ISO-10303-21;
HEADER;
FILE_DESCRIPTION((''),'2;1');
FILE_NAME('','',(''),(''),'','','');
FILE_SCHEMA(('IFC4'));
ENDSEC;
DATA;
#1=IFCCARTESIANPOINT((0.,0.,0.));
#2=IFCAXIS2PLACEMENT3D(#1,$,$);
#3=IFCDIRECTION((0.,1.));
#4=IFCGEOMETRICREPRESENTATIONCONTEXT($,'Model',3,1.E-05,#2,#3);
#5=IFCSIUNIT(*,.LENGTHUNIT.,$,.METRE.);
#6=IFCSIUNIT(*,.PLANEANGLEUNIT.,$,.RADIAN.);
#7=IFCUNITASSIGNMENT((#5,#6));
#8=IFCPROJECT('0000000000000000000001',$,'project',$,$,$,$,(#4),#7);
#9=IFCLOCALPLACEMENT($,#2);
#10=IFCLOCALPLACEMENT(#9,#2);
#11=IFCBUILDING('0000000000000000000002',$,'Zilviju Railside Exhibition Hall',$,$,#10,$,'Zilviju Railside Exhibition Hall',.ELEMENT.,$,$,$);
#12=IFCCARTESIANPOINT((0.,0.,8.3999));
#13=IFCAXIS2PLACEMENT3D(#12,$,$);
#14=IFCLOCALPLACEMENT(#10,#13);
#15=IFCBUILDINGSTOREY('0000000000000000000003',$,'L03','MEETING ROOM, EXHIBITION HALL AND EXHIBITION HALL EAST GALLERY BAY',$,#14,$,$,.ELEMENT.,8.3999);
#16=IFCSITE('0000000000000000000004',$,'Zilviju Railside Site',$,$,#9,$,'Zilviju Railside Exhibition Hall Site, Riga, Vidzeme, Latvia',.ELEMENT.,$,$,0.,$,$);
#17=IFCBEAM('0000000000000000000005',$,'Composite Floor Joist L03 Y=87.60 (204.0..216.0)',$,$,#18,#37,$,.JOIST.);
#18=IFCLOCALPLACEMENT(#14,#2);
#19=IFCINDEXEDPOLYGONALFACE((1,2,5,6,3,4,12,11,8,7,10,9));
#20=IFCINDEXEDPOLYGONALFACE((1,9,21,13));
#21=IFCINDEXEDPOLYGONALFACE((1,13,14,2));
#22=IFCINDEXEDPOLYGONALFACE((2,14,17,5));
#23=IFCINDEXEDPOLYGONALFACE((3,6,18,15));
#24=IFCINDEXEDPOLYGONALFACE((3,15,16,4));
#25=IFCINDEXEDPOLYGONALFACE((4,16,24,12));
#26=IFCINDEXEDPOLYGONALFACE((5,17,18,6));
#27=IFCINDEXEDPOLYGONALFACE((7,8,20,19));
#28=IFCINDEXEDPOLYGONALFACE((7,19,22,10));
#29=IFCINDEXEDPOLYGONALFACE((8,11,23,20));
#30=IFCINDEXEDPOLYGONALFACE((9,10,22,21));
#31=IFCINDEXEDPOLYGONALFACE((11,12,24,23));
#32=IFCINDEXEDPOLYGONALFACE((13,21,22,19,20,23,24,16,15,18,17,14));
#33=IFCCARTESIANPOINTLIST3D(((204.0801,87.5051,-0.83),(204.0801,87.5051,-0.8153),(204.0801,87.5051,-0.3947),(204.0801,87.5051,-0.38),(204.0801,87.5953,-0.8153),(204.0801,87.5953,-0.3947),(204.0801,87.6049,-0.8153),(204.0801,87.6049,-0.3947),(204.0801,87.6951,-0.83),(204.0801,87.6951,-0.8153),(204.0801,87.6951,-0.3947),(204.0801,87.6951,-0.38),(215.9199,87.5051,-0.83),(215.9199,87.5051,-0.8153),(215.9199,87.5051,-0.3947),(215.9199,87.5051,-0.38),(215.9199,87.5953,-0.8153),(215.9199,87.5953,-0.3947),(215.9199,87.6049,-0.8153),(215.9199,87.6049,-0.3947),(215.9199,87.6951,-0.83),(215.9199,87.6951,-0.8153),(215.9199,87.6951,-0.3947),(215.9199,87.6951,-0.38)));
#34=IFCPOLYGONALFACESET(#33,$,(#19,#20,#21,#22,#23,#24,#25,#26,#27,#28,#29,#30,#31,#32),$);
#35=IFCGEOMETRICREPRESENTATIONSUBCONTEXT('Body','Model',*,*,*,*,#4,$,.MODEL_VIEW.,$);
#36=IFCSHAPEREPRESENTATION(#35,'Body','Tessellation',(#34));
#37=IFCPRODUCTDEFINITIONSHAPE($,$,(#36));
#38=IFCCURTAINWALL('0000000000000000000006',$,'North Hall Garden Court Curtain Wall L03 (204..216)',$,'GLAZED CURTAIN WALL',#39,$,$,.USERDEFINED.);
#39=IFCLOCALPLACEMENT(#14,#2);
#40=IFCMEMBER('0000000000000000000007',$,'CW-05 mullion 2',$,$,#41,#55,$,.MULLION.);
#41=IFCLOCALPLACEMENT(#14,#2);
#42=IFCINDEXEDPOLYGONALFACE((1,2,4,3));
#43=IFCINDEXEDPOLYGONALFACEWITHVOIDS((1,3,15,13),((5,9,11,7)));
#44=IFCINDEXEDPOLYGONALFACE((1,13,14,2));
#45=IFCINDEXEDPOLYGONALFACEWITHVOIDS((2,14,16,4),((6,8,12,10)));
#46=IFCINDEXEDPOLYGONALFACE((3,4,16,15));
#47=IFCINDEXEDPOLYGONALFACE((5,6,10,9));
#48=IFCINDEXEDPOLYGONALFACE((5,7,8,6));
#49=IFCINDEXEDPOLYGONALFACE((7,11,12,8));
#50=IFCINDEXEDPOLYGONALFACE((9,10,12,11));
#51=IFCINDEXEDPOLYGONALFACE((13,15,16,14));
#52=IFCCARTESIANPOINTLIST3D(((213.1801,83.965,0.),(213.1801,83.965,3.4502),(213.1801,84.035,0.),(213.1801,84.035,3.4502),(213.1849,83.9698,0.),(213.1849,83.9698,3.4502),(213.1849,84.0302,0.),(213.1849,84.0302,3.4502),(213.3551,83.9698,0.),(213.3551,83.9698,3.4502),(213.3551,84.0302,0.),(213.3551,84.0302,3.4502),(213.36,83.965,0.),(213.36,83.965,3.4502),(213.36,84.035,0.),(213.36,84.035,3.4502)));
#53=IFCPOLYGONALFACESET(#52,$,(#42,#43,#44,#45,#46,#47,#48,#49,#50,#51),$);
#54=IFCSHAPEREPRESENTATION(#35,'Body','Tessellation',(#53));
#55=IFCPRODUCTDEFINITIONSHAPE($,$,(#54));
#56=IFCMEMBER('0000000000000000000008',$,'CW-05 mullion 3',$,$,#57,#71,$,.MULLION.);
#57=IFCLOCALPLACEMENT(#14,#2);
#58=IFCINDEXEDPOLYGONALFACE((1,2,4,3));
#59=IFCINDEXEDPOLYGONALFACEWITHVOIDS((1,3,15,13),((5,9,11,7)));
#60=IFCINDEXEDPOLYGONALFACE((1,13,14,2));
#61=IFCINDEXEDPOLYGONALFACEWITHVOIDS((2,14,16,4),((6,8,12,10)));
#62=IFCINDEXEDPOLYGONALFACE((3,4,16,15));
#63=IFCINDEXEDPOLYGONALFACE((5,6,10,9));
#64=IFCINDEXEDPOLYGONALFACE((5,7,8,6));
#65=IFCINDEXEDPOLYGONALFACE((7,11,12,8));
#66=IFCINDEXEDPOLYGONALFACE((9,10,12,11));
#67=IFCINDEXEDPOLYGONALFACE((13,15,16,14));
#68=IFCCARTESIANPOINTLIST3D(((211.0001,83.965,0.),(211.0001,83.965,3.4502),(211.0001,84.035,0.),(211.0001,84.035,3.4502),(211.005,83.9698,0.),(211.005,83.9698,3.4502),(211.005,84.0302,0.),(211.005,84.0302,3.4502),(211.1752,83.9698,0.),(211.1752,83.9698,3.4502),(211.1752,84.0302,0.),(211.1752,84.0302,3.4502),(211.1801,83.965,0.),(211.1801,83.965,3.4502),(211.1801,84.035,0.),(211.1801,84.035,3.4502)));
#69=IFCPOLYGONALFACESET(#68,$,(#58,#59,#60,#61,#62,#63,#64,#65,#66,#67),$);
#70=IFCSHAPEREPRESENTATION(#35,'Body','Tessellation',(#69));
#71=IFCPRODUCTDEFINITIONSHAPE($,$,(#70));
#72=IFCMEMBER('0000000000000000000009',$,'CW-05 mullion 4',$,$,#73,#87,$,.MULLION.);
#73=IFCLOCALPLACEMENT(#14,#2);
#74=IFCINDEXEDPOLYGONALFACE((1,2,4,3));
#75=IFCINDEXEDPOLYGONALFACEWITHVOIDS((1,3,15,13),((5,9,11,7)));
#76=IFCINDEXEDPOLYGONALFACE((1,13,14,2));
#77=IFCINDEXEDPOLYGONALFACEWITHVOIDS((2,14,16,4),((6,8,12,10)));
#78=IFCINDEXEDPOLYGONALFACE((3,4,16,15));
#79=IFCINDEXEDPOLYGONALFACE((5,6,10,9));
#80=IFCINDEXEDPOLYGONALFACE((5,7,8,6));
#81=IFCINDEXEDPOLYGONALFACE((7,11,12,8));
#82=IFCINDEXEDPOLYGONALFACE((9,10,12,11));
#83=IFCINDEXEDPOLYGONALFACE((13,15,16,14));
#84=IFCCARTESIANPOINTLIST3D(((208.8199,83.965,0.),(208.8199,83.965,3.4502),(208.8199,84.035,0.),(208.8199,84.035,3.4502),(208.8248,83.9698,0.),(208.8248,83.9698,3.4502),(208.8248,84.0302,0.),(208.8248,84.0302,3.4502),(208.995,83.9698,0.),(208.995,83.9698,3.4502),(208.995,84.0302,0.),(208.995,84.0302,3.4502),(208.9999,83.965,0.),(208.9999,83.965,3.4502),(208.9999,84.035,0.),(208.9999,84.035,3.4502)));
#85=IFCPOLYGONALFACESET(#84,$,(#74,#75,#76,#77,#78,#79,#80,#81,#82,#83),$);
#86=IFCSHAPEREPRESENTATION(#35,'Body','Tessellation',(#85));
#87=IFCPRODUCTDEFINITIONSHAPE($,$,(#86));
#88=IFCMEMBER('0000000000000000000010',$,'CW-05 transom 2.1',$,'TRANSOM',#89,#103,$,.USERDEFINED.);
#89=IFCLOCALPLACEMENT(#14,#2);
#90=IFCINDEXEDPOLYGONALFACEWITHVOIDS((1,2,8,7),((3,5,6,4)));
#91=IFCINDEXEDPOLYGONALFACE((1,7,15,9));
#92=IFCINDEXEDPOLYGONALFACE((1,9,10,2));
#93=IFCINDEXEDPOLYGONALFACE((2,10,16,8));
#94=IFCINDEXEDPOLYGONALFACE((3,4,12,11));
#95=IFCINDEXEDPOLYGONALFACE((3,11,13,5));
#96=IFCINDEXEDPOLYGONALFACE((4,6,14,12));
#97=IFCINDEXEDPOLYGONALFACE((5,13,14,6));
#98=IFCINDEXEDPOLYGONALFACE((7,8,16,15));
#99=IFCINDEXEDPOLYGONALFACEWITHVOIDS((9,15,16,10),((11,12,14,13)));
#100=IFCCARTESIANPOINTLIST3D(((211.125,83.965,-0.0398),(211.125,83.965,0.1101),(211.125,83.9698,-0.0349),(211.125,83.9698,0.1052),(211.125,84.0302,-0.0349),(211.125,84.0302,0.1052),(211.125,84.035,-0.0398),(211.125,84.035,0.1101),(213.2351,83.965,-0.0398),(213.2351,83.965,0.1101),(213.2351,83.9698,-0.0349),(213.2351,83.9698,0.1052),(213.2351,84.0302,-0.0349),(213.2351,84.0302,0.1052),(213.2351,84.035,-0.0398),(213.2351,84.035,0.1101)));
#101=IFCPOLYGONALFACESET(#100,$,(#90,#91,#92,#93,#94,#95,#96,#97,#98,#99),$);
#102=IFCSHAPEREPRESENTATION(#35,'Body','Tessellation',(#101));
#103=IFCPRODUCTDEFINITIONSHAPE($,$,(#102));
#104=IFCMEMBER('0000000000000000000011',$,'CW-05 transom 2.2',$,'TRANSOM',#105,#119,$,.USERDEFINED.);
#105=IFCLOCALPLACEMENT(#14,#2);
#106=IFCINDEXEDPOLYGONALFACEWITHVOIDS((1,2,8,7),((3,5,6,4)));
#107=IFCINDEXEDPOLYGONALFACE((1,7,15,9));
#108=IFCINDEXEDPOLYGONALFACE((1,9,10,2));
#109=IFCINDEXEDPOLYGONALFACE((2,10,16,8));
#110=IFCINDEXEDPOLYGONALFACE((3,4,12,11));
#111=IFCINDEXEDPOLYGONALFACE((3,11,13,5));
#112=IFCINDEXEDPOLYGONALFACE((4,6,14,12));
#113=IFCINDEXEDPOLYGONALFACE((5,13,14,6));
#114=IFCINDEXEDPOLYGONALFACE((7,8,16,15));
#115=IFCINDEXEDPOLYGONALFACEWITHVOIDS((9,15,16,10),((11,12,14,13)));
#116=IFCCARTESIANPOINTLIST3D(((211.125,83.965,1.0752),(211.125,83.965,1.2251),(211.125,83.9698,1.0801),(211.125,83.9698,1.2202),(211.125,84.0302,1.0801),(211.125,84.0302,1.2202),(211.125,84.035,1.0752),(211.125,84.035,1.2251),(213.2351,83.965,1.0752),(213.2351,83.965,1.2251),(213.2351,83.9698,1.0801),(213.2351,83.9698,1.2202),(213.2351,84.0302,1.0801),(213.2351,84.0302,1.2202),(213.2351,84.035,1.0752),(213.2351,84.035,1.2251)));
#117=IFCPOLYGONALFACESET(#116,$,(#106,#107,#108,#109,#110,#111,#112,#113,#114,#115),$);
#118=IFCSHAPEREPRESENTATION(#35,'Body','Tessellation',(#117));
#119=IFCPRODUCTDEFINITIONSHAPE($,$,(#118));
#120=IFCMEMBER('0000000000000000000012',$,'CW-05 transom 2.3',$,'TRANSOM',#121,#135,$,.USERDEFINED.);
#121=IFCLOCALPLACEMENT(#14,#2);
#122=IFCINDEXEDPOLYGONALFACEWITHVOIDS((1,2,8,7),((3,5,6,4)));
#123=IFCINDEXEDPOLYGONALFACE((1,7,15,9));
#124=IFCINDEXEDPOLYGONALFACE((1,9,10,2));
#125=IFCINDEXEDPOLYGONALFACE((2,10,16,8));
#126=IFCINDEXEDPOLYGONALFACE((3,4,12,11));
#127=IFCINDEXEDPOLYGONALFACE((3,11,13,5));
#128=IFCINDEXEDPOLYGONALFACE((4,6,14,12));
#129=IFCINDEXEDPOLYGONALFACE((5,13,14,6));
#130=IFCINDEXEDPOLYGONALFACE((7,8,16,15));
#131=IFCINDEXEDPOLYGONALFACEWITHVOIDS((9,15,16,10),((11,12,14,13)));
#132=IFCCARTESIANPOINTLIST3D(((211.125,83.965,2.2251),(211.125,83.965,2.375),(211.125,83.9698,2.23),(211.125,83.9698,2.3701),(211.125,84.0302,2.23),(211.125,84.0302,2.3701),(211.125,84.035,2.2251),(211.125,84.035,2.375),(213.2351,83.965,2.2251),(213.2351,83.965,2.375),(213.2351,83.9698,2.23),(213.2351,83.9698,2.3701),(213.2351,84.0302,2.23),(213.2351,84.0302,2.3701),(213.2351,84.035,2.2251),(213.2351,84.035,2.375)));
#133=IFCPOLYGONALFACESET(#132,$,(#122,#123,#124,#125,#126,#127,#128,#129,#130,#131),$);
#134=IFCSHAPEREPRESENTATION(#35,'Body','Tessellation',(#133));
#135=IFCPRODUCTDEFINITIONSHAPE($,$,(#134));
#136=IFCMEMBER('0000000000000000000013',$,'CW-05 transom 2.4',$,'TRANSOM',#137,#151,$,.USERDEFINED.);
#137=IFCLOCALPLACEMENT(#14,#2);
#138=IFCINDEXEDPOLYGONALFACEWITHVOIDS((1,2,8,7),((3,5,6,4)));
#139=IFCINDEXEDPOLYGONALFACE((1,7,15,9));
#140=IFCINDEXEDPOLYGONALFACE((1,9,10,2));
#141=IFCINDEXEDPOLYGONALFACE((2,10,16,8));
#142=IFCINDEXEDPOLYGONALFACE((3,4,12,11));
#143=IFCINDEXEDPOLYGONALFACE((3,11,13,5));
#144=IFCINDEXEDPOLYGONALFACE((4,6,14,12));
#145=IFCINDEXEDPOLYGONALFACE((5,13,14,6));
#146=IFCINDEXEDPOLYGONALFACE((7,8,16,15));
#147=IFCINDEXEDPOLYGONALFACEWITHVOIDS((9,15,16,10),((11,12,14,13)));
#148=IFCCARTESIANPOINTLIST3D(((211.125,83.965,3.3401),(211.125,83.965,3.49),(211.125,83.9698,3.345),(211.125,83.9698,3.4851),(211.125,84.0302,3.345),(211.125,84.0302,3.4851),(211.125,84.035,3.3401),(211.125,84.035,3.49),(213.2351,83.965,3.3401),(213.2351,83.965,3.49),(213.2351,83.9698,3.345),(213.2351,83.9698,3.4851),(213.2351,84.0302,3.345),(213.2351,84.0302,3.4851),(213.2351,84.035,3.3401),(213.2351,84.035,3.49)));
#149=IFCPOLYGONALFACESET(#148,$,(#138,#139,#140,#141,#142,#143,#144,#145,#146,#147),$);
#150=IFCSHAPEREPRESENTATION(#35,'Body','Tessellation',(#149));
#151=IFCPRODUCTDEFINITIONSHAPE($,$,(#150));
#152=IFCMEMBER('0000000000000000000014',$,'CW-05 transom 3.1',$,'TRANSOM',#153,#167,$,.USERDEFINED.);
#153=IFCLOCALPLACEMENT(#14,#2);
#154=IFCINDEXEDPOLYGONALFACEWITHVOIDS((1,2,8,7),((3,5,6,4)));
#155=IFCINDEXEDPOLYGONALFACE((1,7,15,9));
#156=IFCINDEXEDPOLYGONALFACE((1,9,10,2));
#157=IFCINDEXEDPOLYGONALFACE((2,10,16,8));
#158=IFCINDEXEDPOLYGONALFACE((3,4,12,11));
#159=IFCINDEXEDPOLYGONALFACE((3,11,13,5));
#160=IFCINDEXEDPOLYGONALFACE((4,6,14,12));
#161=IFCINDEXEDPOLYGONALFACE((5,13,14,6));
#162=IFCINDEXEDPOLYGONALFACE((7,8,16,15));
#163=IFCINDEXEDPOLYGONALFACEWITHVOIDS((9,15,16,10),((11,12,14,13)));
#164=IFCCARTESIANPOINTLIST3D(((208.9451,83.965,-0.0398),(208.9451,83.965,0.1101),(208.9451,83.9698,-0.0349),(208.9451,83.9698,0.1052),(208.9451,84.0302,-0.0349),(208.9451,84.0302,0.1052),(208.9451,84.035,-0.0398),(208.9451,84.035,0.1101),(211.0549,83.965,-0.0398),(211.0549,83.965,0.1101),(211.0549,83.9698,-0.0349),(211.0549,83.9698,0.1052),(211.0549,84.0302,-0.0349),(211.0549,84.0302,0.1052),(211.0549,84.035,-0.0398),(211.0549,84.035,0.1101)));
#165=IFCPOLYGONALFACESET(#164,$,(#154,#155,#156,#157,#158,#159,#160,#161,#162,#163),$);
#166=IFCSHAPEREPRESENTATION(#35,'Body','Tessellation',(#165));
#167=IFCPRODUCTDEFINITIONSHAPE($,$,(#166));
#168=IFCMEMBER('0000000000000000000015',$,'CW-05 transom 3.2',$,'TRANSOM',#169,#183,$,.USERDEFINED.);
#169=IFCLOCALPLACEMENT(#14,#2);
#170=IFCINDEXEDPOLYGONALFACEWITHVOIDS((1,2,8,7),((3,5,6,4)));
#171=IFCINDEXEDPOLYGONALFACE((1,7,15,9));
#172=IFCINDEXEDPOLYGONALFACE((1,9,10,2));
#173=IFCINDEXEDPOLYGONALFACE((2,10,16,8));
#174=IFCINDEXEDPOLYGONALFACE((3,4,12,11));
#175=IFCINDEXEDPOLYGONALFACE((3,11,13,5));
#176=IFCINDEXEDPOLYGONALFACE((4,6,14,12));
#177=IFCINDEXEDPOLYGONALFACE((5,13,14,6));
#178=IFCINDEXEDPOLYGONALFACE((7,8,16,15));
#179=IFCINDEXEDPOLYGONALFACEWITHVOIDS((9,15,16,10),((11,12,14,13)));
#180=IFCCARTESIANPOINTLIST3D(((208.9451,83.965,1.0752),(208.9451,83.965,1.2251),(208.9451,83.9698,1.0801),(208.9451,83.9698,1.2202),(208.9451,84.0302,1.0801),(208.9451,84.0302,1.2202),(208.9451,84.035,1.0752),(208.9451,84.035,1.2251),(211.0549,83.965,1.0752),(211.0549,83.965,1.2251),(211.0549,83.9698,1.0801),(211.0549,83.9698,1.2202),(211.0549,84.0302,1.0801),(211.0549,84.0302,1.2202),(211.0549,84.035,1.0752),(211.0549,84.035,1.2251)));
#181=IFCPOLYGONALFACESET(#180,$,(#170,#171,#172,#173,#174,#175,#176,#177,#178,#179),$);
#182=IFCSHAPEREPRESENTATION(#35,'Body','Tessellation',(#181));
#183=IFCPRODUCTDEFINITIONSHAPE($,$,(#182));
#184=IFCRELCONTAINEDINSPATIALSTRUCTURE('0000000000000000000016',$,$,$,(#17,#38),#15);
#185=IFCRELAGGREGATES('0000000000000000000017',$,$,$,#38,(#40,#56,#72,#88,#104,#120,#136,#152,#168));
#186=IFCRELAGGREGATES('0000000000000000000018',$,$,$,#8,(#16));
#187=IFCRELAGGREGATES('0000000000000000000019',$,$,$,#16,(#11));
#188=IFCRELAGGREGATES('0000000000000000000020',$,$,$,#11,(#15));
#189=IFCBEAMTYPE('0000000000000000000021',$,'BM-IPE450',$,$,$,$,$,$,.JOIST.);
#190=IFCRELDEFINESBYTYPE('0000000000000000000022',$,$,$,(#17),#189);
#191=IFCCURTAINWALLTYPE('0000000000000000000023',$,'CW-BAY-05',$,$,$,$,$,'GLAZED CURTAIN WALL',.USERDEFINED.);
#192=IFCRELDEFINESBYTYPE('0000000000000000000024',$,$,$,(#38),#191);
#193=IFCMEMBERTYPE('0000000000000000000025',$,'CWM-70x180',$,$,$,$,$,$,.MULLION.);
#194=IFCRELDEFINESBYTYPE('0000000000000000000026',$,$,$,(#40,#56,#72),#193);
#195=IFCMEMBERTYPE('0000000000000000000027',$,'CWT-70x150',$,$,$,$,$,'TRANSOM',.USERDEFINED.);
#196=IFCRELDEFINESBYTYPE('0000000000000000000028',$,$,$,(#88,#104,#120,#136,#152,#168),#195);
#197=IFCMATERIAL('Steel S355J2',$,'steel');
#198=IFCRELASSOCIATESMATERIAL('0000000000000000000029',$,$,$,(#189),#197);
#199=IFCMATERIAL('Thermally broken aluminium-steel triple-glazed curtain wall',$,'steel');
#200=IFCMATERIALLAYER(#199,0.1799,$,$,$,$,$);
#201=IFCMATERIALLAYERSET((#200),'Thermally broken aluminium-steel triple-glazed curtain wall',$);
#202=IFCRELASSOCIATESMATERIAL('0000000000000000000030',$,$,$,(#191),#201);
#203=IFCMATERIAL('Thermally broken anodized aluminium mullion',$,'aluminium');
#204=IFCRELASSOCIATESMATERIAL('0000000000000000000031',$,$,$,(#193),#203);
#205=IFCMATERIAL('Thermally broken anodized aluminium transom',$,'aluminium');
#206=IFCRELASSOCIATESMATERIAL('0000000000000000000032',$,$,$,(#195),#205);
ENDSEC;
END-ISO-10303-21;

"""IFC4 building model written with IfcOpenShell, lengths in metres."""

from ifc_helpers import new_model, si_unit, direction, frame, origin, origin_2d, place, context, subcontext, project, spatial, hollow_rectangle, i_section, extrude, material, layer, layer_set, material_profile, profile_set, type_object, element, aggregate, save


model = new_model("IFC4")

# Units and contexts
model_context = context("Model", 3, precision=1e-05, world=origin(), true_north=direction((0.0, 1.0)))
body_context = subcontext(model_context, "Body", "Model", "MODEL_VIEW")
ifc_project = project(units=[si_unit("LENGTHUNIT", "METRE"), si_unit("PLANEANGLEUNIT", "RADIAN")], contexts=[model_context])

# Site, building, storey
site_placement = place(None, origin())
site = spatial("IfcSite", under=ifc_project, at=site_placement, Name="Zilviju Railside Site", LongName="Zilviju Railside Exhibition Hall Site, Riga, Vidzeme, Latvia", CompositionType="ELEMENT", RefElevation=0.0)
building_placement = place(site_placement, origin())
building = spatial("IfcBuilding", under=site, at=building_placement, Name="Zilviju Railside Exhibition Hall", LongName="Zilviju Railside Exhibition Hall", CompositionType="ELEMENT")
storey_placement = place(building_placement, frame((0.0, 0.0, 8.3999)))
storey = spatial("IfcBuildingStorey", under=building, at=storey_placement, Name="L03", Description="MEETING ROOM, EXHIBITION HALL AND EXHIBITION HALL EAST GALLERY BAY", CompositionType="ELEMENT", Elevation=8.3999)

# Beam
ifc_material_1 = material(Name="Steel S355J2", Category="steel")
ifc_material_profile_1 = material_profile(ifc_material_1, i_section(OverallWidth=0.1899, OverallDepth=0.45, WebThickness=0.0095, FlangeThickness=0.0146, at=origin_2d()), Name="IPE 450")
ifc_profile_set_1 = profile_set([ifc_material_profile_1], Name="Steel S355J2")
beam_type = type_object("IfcBeamType", Name="BM-IPE450", PredefinedType="JOIST", material=ifc_profile_set_1)
beam_placement = place(storey_placement, frame((204.0801, 87.6001, -0.605), z_axis=(1.0, 0.0, 0.0), x_axis=(0.0, 1.0, 0.0)))
element("IfcBeam", 1, at=beam_placement, inside=storey, type_object=beam_type, Name="Composite Floor Joist L03 Y=87.60 (204.0..216.0)", PredefinedType="JOIST", context=body_context, shape_type="SweptSolid", body=[
    extrude(i_section(OverallWidth=0.1899, OverallDepth=0.45, WebThickness=0.0095, FlangeThickness=0.0146, at=origin_2d()), origin(), (0.0, 0.0, 1.0), 11.8398),
])

# Curtain wall, members
ifc_material_2 = material(Name="Thermally broken aluminium-steel triple-glazed curtain wall", Category="steel")
ifc_layer_1 = layer(ifc_material_2, 0.1799)
ifc_layer_set_1 = layer_set([ifc_layer_1], Name="Thermally broken aluminium-steel triple-glazed curtain wall")
curtain_wall_type = type_object("IfcCurtainWallType", Name="CW-BAY-05", ElementType="GLAZED CURTAIN WALL", PredefinedType="USERDEFINED", material=ifc_layer_set_1)
curtain_wall_placement = place(storey_placement, origin())
curtain_wall = element("IfcCurtainWall", 2, at=curtain_wall_placement, inside=storey, type_object=curtain_wall_type, Name="North Hall Garden Court Curtain Wall L03 (204..216)", ObjectType="GLAZED CURTAIN WALL", PredefinedType="USERDEFINED")
ifc_material_3 = material(Name="Thermally broken anodized aluminium mullion", Category="aluminium")
ifc_material_profile_2 = material_profile(ifc_material_3, hollow_rectangle(XDim=0.0701, YDim=0.1799, WallThickness=0.0049, at=origin_2d()), Name="MULLION 180x70x5")
ifc_profile_set_2 = profile_set([ifc_material_profile_2], Name="Thermally broken anodized aluminium mullion")
member_type_1 = type_object("IfcMemberType", Name="CWM-70x180", PredefinedType="MULLION", material=ifc_profile_set_2)
member_1_placement = place(storey_placement, frame((213.27, 84.0, 0.0), z_axis=(0.0, 0.0, 1.0), x_axis=(0.0, -1.0, 0.0)))
member_1 = element("IfcMember", 3, at=member_1_placement, type_object=member_type_1, Name="CW-05 mullion 2", PredefinedType="MULLION", context=body_context, shape_type="SweptSolid", body=[
    extrude(hollow_rectangle(XDim=0.0701, YDim=0.1799, WallThickness=0.0049, at=origin_2d()), origin(), (0.0, 0.0, 1.0), 3.4502),
])
member_2_placement = place(storey_placement, frame((211.0901, 84.0, 0.0), z_axis=(0.0, 0.0, 1.0), x_axis=(0.0, -1.0, 0.0)))
member_2 = element("IfcMember", 4, at=member_2_placement, type_object=member_type_1, Name="CW-05 mullion 3", PredefinedType="MULLION", context=body_context, shape_type="SweptSolid", body=[
    extrude(hollow_rectangle(XDim=0.0701, YDim=0.1799, WallThickness=0.0049, at=origin_2d()), origin(), (0.0, 0.0, 1.0), 3.4502),
])
member_3_placement = place(storey_placement, frame((208.9099, 84.0, 0.0), z_axis=(0.0, 0.0, 1.0), x_axis=(0.0, -1.0, 0.0)))
member_3 = element("IfcMember", 5, at=member_3_placement, type_object=member_type_1, Name="CW-05 mullion 4", PredefinedType="MULLION", context=body_context, shape_type="SweptSolid", body=[
    extrude(hollow_rectangle(XDim=0.0701, YDim=0.1799, WallThickness=0.0049, at=origin_2d()), origin(), (0.0, 0.0, 1.0), 3.4502),
])
ifc_material_4 = material(Name="Thermally broken anodized aluminium transom", Category="aluminium")
ifc_material_profile_3 = material_profile(ifc_material_4, hollow_rectangle(XDim=0.0701, YDim=0.1499, WallThickness=0.0049, at=origin_2d()), Name="TRANSOM 150x70x5")
ifc_profile_set_3 = profile_set([ifc_material_profile_3], Name="Thermally broken anodized aluminium transom")
member_type_2 = type_object("IfcMemberType", Name="CWT-70x150", ElementType="TRANSOM", PredefinedType="USERDEFINED", material=ifc_profile_set_3)
member_4_placement = place(storey_placement, frame((213.2351, 84.0, 0.0352), z_axis=(-1.0, 0.0, 0.0), x_axis=(0.0, -1.0, 0.0)))
member_4 = element("IfcMember", 6, at=member_4_placement, type_object=member_type_2, Name="CW-05 transom 2.1", ObjectType="TRANSOM", PredefinedType="USERDEFINED", context=body_context, shape_type="SweptSolid", body=[
    extrude(hollow_rectangle(XDim=0.0701, YDim=0.1499, WallThickness=0.0049, at=origin_2d()), origin(), (0.0, 0.0, 1.0), 2.1101),
])
member_5_placement = place(storey_placement, frame((213.2351, 84.0, 1.1501), z_axis=(-1.0, 0.0, 0.0), x_axis=(0.0, -1.0, 0.0)))
member_5 = element("IfcMember", 7, at=member_5_placement, type_object=member_type_2, Name="CW-05 transom 2.2", ObjectType="TRANSOM", PredefinedType="USERDEFINED", context=body_context, shape_type="SweptSolid", body=[
    extrude(hollow_rectangle(XDim=0.0701, YDim=0.1499, WallThickness=0.0049, at=origin_2d()), origin(), (0.0, 0.0, 1.0), 2.1101),
])
member_6_placement = place(storey_placement, frame((213.2351, 84.0, 2.3), z_axis=(-1.0, 0.0, 0.0), x_axis=(0.0, -1.0, 0.0)))
member_6 = element("IfcMember", 8, at=member_6_placement, type_object=member_type_2, Name="CW-05 transom 2.3", ObjectType="TRANSOM", PredefinedType="USERDEFINED", context=body_context, shape_type="SweptSolid", body=[
    extrude(hollow_rectangle(XDim=0.0701, YDim=0.1499, WallThickness=0.0049, at=origin_2d()), origin(), (0.0, 0.0, 1.0), 2.1101),
])
member_7_placement = place(storey_placement, frame((213.2351, 84.0, 3.415), z_axis=(-1.0, 0.0, 0.0), x_axis=(0.0, -1.0, 0.0)))
member_7 = element("IfcMember", 9, at=member_7_placement, type_object=member_type_2, Name="CW-05 transom 2.4", ObjectType="TRANSOM", PredefinedType="USERDEFINED", context=body_context, shape_type="SweptSolid", body=[
    extrude(hollow_rectangle(XDim=0.0701, YDim=0.1499, WallThickness=0.0049, at=origin_2d()), origin(), (0.0, 0.0, 1.0), 2.1101),
])
member_8_placement = place(storey_placement, frame((211.0549, 84.0, 0.0352), z_axis=(-1.0, 0.0, 0.0), x_axis=(0.0, -1.0, 0.0)))
member_8 = element("IfcMember", 10, at=member_8_placement, type_object=member_type_2, Name="CW-05 transom 3.1", ObjectType="TRANSOM", PredefinedType="USERDEFINED", context=body_context, shape_type="SweptSolid", body=[
    extrude(hollow_rectangle(XDim=0.0701, YDim=0.1499, WallThickness=0.0049, at=origin_2d()), origin(), (0.0, 0.0, 1.0), 2.1099),
])
member_9_placement = place(storey_placement, frame((211.0549, 84.0, 1.1501), z_axis=(-1.0, 0.0, 0.0), x_axis=(0.0, -1.0, 0.0)))
member_9 = element("IfcMember", 11, at=member_9_placement, type_object=member_type_2, Name="CW-05 transom 3.2", ObjectType="TRANSOM", PredefinedType="USERDEFINED", context=body_context, shape_type="SweptSolid", body=[
    extrude(hollow_rectangle(XDim=0.0701, YDim=0.1499, WallThickness=0.0049, at=origin_2d()), origin(), (0.0, 0.0, 1.0), 2.1099),
])
aggregate(curtain_wall, [member_1, member_2, member_3, member_4, member_5, member_6, member_7, member_8, member_9])

save(model, "model.ifc")
